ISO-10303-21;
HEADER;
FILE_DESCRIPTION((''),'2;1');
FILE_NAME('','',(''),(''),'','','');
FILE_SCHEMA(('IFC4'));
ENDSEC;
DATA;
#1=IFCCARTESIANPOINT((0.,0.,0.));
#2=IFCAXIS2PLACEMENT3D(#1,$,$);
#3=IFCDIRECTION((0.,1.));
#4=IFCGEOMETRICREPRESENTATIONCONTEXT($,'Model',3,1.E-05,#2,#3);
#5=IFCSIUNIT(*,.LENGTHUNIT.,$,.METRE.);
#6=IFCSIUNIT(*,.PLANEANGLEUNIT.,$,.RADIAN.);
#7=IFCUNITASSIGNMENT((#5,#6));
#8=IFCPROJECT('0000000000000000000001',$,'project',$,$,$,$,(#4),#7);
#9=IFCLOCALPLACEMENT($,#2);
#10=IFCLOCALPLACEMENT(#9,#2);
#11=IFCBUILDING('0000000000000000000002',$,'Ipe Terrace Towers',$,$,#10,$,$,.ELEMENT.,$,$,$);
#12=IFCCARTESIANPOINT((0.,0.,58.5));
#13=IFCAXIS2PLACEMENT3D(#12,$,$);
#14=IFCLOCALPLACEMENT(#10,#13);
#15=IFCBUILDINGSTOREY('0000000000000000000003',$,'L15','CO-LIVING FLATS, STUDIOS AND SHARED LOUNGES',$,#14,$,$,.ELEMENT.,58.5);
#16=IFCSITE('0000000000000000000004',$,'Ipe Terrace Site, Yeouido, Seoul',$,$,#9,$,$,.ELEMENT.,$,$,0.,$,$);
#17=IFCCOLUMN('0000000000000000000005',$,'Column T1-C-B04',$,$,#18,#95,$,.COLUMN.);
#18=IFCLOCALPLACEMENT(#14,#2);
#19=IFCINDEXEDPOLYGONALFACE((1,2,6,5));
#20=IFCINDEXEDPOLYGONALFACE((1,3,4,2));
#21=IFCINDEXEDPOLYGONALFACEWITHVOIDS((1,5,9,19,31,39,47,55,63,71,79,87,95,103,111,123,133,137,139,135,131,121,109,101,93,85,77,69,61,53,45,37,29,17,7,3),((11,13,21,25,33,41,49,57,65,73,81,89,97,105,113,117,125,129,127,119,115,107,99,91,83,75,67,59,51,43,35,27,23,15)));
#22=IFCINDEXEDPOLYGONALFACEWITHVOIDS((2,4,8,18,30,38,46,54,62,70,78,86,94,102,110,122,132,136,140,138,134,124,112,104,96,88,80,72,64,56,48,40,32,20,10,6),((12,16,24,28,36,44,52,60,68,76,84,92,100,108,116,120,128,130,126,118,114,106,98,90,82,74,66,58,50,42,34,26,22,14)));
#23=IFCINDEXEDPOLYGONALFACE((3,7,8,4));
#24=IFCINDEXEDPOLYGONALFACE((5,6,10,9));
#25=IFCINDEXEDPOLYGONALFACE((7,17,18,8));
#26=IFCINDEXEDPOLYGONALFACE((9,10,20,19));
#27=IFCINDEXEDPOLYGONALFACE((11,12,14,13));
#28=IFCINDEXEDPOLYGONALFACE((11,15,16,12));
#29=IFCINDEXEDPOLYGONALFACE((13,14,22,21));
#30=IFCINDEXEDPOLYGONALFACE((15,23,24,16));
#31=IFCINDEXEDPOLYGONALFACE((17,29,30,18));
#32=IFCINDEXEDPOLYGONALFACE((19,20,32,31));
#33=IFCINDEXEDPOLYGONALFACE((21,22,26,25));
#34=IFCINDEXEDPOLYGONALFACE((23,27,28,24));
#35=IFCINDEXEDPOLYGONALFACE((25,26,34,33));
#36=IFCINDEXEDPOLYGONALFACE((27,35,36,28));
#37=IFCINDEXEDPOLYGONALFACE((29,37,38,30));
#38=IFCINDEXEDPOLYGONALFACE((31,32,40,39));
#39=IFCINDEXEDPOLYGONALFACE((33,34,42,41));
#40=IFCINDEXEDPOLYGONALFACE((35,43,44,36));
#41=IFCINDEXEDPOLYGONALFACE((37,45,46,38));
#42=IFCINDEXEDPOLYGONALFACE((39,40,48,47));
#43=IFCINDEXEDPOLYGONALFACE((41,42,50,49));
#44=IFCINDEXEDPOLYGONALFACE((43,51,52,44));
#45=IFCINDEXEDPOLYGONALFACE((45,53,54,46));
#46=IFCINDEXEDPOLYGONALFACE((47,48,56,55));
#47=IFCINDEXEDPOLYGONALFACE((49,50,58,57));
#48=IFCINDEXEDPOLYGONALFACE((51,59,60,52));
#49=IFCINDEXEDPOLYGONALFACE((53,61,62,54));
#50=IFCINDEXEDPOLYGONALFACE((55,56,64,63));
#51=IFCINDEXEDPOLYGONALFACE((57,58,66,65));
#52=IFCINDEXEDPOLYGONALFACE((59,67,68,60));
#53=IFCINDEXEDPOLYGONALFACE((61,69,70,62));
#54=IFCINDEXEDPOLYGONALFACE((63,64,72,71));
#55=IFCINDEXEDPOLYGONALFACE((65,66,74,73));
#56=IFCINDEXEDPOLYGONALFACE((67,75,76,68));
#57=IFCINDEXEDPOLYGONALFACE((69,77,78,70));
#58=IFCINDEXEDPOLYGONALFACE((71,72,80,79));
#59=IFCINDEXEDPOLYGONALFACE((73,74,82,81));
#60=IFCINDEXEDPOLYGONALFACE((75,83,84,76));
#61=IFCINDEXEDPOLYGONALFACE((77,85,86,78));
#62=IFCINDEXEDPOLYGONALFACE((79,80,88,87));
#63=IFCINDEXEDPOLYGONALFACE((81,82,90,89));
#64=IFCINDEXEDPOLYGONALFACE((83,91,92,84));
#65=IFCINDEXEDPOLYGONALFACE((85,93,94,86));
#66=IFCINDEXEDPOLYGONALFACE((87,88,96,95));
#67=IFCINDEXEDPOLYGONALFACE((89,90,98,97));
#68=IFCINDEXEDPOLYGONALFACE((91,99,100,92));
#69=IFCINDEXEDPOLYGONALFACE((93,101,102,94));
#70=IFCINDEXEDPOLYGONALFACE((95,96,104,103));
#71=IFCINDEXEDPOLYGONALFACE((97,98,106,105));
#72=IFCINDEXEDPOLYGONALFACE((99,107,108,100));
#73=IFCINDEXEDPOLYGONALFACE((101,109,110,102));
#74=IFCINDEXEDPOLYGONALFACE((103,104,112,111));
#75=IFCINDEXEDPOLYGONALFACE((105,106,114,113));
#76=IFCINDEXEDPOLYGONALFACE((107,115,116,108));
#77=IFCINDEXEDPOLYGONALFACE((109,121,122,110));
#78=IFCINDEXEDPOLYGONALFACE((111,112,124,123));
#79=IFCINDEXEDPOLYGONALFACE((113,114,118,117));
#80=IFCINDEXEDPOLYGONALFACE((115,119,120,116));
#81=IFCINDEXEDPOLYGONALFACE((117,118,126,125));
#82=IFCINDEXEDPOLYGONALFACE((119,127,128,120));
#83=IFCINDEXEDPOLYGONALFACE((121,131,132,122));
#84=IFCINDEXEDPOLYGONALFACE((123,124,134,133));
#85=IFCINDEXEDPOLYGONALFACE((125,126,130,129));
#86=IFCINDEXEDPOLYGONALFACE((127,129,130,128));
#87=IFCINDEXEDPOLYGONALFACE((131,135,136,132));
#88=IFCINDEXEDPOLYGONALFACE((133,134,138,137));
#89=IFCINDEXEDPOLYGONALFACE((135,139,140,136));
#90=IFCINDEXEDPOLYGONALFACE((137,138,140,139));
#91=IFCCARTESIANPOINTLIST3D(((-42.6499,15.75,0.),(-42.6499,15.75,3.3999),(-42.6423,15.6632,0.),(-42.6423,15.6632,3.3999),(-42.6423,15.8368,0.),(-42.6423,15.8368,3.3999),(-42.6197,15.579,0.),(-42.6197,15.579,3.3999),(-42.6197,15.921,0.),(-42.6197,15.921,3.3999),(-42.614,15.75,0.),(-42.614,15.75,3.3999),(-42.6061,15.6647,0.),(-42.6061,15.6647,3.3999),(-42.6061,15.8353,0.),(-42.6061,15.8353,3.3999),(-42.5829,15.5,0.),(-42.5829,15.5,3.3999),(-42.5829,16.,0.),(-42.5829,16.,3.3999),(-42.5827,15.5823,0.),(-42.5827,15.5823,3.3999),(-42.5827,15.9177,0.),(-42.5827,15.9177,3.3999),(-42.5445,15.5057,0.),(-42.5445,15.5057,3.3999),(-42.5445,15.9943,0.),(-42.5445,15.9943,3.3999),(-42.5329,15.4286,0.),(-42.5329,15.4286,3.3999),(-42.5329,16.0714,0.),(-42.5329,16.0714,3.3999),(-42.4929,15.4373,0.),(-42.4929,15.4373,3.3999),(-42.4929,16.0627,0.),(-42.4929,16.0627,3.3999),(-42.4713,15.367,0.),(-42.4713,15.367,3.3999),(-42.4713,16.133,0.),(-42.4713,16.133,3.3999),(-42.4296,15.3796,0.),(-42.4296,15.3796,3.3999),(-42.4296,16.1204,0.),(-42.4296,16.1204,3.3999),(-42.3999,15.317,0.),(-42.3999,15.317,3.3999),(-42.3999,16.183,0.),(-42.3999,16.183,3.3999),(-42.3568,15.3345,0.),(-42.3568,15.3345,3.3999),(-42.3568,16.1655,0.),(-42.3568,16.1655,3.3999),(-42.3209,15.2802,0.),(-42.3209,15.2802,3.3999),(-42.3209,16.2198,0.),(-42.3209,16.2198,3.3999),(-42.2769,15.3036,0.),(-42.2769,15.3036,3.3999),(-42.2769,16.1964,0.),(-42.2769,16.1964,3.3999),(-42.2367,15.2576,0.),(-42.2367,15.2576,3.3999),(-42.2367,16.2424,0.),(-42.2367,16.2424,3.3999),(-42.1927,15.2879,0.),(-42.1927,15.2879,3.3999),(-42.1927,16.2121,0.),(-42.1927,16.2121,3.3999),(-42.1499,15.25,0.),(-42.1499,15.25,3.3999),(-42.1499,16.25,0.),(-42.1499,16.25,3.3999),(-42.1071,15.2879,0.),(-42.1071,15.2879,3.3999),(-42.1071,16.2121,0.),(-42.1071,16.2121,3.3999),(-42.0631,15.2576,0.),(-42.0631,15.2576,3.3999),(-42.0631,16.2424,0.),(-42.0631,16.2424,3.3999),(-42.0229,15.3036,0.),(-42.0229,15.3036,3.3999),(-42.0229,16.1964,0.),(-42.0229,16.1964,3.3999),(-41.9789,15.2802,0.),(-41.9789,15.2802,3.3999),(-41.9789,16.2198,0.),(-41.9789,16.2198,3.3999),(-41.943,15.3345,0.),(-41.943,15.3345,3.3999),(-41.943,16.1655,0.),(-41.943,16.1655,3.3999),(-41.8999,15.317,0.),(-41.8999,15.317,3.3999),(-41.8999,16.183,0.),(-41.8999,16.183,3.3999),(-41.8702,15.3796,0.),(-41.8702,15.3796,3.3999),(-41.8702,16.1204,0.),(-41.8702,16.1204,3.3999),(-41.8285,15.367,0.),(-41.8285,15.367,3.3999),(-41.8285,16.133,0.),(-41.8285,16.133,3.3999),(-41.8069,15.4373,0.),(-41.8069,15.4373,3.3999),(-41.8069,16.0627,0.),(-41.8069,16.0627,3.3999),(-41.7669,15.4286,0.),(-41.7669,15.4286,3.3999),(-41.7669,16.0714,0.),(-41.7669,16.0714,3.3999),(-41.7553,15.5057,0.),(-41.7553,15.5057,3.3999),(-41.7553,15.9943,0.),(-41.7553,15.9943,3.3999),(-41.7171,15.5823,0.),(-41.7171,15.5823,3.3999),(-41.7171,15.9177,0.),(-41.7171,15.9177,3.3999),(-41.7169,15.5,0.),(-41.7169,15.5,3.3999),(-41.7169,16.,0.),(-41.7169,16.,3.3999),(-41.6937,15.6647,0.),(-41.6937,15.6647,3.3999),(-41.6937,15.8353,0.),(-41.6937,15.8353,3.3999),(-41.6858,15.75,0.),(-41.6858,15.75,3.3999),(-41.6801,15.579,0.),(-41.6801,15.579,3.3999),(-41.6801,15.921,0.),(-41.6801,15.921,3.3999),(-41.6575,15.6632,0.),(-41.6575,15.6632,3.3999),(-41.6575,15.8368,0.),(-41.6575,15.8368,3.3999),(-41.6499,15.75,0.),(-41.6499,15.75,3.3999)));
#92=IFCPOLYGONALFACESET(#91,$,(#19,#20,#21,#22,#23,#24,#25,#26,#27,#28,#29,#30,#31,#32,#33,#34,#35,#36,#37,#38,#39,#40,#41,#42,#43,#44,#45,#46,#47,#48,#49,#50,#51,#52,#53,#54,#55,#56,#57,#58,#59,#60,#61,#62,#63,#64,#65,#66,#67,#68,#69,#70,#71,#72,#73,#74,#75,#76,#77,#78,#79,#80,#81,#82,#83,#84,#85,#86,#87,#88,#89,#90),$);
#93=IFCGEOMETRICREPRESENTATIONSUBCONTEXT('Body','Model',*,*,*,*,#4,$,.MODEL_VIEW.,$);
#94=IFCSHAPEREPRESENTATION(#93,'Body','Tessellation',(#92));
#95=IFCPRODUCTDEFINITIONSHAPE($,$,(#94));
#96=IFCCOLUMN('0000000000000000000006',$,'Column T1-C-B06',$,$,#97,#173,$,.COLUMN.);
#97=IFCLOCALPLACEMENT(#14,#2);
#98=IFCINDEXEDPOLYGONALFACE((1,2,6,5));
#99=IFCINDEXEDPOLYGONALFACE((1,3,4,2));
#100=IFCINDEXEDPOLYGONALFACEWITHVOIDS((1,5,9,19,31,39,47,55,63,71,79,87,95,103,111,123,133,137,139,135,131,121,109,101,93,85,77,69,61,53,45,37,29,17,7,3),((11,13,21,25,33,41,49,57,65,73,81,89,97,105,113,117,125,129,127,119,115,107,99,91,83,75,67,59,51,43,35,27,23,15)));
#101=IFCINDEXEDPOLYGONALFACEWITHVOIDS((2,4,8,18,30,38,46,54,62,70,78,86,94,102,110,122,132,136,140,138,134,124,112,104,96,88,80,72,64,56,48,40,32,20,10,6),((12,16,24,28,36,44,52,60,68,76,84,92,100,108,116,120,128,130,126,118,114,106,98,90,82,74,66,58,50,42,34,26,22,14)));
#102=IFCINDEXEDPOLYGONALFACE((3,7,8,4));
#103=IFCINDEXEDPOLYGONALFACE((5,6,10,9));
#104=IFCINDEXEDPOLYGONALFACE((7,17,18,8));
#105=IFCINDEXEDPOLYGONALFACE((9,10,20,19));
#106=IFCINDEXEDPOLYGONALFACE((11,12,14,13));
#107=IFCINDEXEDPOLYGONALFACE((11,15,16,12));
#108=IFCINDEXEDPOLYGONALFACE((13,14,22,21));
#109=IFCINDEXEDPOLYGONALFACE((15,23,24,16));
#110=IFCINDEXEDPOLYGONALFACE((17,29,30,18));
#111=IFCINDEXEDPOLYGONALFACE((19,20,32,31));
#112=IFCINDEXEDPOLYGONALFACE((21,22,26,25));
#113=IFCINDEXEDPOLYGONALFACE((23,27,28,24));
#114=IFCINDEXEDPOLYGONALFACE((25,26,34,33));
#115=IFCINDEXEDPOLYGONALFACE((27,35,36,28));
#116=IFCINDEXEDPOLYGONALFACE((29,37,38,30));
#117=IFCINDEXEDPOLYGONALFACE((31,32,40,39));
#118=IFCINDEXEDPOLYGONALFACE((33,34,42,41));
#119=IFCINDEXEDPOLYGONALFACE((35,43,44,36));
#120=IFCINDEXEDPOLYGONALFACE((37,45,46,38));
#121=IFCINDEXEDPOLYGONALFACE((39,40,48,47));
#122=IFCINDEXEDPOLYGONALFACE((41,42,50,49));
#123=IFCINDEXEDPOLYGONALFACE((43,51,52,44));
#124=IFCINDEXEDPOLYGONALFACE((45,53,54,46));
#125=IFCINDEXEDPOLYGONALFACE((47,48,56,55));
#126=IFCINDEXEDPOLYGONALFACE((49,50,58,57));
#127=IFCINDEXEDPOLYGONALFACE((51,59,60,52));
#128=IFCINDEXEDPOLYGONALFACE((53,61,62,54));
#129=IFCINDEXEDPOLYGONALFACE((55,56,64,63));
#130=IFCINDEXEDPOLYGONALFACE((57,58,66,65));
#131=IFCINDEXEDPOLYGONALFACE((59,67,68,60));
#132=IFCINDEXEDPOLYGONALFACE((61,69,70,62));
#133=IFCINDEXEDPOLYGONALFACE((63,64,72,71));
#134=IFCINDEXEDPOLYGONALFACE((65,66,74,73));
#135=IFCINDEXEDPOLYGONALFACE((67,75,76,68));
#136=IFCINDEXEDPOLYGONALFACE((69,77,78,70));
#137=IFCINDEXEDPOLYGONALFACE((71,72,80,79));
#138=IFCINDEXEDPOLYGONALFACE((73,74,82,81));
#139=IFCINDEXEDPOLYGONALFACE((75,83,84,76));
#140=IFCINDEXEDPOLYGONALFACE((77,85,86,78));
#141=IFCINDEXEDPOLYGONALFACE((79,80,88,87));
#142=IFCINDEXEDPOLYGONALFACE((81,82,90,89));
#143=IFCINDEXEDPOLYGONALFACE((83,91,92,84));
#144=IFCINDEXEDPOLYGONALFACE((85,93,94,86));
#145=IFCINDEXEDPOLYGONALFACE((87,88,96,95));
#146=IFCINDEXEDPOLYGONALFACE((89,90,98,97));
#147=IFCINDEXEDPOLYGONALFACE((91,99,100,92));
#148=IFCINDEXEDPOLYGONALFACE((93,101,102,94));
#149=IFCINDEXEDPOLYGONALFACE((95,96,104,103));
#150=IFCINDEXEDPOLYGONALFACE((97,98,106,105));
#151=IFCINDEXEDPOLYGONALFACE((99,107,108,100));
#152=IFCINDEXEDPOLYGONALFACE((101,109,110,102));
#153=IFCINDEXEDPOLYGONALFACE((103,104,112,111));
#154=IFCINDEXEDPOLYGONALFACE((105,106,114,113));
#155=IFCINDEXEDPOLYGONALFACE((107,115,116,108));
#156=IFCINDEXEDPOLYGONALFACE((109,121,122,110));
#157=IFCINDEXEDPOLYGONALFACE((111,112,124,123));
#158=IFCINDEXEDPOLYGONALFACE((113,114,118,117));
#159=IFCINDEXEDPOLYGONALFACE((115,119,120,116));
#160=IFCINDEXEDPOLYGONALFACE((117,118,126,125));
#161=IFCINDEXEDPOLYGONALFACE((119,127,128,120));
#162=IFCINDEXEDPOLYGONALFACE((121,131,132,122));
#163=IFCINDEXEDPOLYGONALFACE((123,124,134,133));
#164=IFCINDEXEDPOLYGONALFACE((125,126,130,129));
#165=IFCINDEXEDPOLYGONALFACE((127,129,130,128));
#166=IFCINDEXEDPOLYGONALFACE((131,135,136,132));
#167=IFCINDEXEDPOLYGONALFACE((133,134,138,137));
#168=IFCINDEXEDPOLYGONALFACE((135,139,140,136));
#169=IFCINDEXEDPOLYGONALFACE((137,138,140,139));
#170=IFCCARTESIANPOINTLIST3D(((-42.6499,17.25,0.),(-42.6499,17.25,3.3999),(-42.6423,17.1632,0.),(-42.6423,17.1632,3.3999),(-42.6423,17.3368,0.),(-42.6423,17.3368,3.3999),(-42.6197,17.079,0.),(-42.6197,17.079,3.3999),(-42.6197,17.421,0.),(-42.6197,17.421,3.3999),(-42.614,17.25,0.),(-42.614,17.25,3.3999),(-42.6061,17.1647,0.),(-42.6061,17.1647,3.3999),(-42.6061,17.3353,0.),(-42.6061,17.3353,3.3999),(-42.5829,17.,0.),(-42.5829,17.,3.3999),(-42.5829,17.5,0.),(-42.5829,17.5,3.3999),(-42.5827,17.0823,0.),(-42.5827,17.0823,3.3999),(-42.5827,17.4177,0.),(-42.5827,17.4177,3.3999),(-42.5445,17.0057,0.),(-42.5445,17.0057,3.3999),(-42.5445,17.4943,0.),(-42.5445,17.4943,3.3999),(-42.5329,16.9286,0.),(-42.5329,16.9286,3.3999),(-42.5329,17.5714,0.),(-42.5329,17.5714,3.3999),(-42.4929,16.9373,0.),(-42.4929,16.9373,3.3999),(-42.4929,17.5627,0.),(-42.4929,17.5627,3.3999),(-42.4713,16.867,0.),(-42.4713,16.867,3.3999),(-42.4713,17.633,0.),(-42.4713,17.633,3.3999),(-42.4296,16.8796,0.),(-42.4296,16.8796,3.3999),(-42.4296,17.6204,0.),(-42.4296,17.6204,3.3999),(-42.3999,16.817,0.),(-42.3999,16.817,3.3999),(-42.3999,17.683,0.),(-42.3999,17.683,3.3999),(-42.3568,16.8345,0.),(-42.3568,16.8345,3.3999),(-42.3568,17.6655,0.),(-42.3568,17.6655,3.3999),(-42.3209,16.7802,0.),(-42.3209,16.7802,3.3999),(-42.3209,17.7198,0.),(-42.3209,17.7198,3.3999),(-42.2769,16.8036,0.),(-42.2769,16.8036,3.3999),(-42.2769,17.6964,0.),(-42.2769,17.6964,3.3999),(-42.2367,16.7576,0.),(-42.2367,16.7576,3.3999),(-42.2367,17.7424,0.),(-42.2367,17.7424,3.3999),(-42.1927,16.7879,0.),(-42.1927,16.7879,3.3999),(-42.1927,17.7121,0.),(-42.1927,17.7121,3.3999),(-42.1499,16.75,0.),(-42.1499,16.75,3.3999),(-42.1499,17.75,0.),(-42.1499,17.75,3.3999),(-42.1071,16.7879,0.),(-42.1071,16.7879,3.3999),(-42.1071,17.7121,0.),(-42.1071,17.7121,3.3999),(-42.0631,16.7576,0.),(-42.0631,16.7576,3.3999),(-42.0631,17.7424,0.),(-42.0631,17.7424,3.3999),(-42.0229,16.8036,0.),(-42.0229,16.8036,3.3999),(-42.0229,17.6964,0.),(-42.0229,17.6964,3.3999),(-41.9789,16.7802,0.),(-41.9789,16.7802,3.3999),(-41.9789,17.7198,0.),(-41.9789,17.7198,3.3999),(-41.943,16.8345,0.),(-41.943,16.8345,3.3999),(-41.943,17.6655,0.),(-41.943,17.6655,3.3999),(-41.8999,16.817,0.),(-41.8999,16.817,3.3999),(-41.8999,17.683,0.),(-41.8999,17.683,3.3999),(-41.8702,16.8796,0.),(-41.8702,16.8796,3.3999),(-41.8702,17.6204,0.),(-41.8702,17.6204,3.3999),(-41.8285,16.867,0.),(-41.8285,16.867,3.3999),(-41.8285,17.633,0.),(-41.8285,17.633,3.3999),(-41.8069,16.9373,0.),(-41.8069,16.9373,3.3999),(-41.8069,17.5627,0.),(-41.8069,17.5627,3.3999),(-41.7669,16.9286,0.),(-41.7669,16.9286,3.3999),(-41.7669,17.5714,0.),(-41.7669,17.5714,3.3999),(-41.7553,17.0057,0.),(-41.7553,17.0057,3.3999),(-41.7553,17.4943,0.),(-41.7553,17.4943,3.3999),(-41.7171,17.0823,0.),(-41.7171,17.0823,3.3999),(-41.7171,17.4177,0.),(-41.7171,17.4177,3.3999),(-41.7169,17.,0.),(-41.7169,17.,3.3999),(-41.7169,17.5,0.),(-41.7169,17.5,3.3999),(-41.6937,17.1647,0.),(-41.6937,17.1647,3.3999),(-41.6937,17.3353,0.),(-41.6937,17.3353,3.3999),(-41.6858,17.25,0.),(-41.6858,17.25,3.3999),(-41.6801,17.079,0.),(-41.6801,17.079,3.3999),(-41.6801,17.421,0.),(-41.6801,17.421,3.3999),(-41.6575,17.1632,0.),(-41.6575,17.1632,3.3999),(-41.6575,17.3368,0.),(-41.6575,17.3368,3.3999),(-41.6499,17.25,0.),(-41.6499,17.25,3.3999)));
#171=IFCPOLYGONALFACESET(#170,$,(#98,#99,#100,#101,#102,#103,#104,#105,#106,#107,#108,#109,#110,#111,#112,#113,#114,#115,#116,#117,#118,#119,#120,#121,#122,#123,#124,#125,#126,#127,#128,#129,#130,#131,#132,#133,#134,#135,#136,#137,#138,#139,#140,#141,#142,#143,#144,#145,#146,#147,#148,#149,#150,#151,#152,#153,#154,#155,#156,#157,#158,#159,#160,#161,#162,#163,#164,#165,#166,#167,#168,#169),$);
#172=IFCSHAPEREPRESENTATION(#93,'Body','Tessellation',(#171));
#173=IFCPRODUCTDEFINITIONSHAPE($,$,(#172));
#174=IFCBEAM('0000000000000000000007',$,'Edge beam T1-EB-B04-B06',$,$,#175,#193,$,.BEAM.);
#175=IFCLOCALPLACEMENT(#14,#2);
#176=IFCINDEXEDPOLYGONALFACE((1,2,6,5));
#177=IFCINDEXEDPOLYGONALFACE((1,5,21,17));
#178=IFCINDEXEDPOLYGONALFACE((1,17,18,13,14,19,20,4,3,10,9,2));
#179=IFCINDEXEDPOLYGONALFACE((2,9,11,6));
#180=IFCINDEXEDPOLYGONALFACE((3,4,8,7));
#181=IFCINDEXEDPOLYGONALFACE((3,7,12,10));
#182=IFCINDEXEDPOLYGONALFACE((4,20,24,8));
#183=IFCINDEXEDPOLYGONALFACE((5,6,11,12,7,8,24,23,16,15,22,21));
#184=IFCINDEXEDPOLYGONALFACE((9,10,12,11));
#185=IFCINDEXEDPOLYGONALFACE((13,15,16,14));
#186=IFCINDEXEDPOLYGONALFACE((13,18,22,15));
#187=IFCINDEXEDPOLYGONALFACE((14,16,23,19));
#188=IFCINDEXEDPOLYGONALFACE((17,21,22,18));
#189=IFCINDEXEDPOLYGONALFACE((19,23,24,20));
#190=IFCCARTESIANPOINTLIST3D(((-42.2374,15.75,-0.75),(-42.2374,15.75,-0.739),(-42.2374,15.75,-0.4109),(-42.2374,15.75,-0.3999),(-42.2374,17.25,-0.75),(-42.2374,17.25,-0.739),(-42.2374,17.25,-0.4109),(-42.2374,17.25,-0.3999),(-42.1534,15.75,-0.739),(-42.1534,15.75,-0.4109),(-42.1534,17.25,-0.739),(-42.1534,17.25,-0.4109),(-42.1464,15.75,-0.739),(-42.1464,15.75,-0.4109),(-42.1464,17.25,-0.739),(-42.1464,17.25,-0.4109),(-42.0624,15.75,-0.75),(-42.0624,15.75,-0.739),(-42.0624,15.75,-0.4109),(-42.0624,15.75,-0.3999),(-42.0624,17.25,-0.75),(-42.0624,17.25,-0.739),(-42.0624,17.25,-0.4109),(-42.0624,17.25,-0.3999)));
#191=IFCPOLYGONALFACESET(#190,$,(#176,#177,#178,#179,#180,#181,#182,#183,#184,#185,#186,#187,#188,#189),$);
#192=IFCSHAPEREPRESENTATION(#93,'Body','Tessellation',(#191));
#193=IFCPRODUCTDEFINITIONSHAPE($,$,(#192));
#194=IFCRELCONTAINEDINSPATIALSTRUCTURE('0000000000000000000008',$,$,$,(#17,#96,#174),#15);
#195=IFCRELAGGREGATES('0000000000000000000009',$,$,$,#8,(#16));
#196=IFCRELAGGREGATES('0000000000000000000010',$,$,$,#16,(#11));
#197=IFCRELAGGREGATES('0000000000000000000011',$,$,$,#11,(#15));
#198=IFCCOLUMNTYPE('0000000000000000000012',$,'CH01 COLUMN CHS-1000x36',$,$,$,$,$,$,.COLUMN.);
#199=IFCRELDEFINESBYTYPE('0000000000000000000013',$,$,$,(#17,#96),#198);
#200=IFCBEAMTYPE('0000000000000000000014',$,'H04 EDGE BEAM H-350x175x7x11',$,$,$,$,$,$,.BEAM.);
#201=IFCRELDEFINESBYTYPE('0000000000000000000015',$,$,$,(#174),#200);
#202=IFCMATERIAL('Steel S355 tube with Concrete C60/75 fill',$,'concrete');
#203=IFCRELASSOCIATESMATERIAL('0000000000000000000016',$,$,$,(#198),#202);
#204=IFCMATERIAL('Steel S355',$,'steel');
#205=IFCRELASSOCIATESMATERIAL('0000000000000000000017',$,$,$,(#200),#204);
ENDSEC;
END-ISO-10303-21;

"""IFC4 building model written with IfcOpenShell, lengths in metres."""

from ifc_helpers import new_model, si_unit, direction, frame, origin, origin_2d, place, context, subcontext, project, spatial, hollow_circle, i_section, extrude, material, material_profile, profile_set, type_object, element, save


model = new_model("IFC4")

# Units and contexts
model_context = context("Model", 3, precision=1e-05, world=origin(), true_north=direction((0.0, 1.0)))
body_context = subcontext(model_context, "Body", "Model", "MODEL_VIEW")
ifc_project = project(units=[si_unit("LENGTHUNIT", "METRE"), si_unit("PLANEANGLEUNIT", "RADIAN")], contexts=[model_context])

# Site, building, storey
site_placement = place(None, origin())
site = spatial("IfcSite", under=ifc_project, at=site_placement, Name="Ipe Terrace Site, Yeouido, Seoul", CompositionType="ELEMENT", RefElevation=0.0)
building_placement = place(site_placement, origin())
building = spatial("IfcBuilding", under=site, at=building_placement, Name="Ipe Terrace Towers", CompositionType="ELEMENT")
storey_placement = place(building_placement, frame((0.0, 0.0, 58.5)))
storey = spatial("IfcBuildingStorey", under=building, at=storey_placement, Name="L15", Description="CO-LIVING FLATS, STUDIOS AND SHARED LOUNGES", CompositionType="ELEMENT", Elevation=58.5)

# Columns
ifc_material_1 = material(Name="Steel S355 tube with Concrete C60/75 fill", Category="concrete")
ifc_material_profile_1 = material_profile(ifc_material_1, hollow_circle(Radius=0.5, WallThickness=0.0359, at=origin_2d()), Name="CHS-1000x36")
ifc_profile_set_1 = profile_set([ifc_material_profile_1], Name="Steel S355 tube with Concrete C60/75 fill")
column_type = type_object("IfcColumnType", Name="CH01 COLUMN CHS-1000x36", PredefinedType="COLUMN", material=ifc_profile_set_1)
for number, where, z_axis, x_axis, name in (
    (1, (-42.1499, 15.75, 0.0), (0.0, 0.0, 1.0), (1.0, 0.0, 0.0), "Column T1-C-B04"),
    (2, (-42.1499, 17.25, 0.0), (0.0, 0.0, 1.0), (1.0, 0.0, 0.0), "Column T1-C-B06"),
):
    element("IfcColumn", number, at=place(storey_placement, frame(where, z_axis=z_axis, x_axis=x_axis)), inside=storey, type_object=column_type, Name=name, PredefinedType="COLUMN", context=body_context, shape_type="SweptSolid", body=[
        extrude(hollow_circle(Radius=0.5, WallThickness=0.0359, at=origin_2d()), origin(), (0.0, 0.0, 1.0), 3.3999),
    ])

# Beam
ifc_material_2 = material(Name="Steel S355", Category="steel")
ifc_material_profile_2 = material_profile(ifc_material_2, i_section(OverallWidth=0.175, OverallDepth=0.3501, WebThickness=0.0071, FlangeThickness=0.011, at=origin_2d()), Name="H-350x175x7x11")
ifc_profile_set_2 = profile_set([ifc_material_profile_2], Name="Steel S355")
beam_type = type_object("IfcBeamType", Name="H04 EDGE BEAM H-350x175x7x11", PredefinedType="BEAM", material=ifc_profile_set_2)
beam_placement = place(storey_placement, frame((-42.1499, 15.75, -0.575), z_axis=(0.0, 1.0, 0.0), x_axis=(-1.0, 0.0, 0.0)))
element("IfcBeam", 3, at=beam_placement, inside=storey, type_object=beam_type, Name="Edge beam T1-EB-B04-B06", PredefinedType="BEAM", context=body_context, shape_type="SweptSolid", body=[
    extrude(i_section(OverallWidth=0.175, OverallDepth=0.3501, WebThickness=0.0071, FlangeThickness=0.011, at=origin_2d()), origin(), (0.0, 0.0, 1.0), 1.5),
])

save(model, "model.ifc")
